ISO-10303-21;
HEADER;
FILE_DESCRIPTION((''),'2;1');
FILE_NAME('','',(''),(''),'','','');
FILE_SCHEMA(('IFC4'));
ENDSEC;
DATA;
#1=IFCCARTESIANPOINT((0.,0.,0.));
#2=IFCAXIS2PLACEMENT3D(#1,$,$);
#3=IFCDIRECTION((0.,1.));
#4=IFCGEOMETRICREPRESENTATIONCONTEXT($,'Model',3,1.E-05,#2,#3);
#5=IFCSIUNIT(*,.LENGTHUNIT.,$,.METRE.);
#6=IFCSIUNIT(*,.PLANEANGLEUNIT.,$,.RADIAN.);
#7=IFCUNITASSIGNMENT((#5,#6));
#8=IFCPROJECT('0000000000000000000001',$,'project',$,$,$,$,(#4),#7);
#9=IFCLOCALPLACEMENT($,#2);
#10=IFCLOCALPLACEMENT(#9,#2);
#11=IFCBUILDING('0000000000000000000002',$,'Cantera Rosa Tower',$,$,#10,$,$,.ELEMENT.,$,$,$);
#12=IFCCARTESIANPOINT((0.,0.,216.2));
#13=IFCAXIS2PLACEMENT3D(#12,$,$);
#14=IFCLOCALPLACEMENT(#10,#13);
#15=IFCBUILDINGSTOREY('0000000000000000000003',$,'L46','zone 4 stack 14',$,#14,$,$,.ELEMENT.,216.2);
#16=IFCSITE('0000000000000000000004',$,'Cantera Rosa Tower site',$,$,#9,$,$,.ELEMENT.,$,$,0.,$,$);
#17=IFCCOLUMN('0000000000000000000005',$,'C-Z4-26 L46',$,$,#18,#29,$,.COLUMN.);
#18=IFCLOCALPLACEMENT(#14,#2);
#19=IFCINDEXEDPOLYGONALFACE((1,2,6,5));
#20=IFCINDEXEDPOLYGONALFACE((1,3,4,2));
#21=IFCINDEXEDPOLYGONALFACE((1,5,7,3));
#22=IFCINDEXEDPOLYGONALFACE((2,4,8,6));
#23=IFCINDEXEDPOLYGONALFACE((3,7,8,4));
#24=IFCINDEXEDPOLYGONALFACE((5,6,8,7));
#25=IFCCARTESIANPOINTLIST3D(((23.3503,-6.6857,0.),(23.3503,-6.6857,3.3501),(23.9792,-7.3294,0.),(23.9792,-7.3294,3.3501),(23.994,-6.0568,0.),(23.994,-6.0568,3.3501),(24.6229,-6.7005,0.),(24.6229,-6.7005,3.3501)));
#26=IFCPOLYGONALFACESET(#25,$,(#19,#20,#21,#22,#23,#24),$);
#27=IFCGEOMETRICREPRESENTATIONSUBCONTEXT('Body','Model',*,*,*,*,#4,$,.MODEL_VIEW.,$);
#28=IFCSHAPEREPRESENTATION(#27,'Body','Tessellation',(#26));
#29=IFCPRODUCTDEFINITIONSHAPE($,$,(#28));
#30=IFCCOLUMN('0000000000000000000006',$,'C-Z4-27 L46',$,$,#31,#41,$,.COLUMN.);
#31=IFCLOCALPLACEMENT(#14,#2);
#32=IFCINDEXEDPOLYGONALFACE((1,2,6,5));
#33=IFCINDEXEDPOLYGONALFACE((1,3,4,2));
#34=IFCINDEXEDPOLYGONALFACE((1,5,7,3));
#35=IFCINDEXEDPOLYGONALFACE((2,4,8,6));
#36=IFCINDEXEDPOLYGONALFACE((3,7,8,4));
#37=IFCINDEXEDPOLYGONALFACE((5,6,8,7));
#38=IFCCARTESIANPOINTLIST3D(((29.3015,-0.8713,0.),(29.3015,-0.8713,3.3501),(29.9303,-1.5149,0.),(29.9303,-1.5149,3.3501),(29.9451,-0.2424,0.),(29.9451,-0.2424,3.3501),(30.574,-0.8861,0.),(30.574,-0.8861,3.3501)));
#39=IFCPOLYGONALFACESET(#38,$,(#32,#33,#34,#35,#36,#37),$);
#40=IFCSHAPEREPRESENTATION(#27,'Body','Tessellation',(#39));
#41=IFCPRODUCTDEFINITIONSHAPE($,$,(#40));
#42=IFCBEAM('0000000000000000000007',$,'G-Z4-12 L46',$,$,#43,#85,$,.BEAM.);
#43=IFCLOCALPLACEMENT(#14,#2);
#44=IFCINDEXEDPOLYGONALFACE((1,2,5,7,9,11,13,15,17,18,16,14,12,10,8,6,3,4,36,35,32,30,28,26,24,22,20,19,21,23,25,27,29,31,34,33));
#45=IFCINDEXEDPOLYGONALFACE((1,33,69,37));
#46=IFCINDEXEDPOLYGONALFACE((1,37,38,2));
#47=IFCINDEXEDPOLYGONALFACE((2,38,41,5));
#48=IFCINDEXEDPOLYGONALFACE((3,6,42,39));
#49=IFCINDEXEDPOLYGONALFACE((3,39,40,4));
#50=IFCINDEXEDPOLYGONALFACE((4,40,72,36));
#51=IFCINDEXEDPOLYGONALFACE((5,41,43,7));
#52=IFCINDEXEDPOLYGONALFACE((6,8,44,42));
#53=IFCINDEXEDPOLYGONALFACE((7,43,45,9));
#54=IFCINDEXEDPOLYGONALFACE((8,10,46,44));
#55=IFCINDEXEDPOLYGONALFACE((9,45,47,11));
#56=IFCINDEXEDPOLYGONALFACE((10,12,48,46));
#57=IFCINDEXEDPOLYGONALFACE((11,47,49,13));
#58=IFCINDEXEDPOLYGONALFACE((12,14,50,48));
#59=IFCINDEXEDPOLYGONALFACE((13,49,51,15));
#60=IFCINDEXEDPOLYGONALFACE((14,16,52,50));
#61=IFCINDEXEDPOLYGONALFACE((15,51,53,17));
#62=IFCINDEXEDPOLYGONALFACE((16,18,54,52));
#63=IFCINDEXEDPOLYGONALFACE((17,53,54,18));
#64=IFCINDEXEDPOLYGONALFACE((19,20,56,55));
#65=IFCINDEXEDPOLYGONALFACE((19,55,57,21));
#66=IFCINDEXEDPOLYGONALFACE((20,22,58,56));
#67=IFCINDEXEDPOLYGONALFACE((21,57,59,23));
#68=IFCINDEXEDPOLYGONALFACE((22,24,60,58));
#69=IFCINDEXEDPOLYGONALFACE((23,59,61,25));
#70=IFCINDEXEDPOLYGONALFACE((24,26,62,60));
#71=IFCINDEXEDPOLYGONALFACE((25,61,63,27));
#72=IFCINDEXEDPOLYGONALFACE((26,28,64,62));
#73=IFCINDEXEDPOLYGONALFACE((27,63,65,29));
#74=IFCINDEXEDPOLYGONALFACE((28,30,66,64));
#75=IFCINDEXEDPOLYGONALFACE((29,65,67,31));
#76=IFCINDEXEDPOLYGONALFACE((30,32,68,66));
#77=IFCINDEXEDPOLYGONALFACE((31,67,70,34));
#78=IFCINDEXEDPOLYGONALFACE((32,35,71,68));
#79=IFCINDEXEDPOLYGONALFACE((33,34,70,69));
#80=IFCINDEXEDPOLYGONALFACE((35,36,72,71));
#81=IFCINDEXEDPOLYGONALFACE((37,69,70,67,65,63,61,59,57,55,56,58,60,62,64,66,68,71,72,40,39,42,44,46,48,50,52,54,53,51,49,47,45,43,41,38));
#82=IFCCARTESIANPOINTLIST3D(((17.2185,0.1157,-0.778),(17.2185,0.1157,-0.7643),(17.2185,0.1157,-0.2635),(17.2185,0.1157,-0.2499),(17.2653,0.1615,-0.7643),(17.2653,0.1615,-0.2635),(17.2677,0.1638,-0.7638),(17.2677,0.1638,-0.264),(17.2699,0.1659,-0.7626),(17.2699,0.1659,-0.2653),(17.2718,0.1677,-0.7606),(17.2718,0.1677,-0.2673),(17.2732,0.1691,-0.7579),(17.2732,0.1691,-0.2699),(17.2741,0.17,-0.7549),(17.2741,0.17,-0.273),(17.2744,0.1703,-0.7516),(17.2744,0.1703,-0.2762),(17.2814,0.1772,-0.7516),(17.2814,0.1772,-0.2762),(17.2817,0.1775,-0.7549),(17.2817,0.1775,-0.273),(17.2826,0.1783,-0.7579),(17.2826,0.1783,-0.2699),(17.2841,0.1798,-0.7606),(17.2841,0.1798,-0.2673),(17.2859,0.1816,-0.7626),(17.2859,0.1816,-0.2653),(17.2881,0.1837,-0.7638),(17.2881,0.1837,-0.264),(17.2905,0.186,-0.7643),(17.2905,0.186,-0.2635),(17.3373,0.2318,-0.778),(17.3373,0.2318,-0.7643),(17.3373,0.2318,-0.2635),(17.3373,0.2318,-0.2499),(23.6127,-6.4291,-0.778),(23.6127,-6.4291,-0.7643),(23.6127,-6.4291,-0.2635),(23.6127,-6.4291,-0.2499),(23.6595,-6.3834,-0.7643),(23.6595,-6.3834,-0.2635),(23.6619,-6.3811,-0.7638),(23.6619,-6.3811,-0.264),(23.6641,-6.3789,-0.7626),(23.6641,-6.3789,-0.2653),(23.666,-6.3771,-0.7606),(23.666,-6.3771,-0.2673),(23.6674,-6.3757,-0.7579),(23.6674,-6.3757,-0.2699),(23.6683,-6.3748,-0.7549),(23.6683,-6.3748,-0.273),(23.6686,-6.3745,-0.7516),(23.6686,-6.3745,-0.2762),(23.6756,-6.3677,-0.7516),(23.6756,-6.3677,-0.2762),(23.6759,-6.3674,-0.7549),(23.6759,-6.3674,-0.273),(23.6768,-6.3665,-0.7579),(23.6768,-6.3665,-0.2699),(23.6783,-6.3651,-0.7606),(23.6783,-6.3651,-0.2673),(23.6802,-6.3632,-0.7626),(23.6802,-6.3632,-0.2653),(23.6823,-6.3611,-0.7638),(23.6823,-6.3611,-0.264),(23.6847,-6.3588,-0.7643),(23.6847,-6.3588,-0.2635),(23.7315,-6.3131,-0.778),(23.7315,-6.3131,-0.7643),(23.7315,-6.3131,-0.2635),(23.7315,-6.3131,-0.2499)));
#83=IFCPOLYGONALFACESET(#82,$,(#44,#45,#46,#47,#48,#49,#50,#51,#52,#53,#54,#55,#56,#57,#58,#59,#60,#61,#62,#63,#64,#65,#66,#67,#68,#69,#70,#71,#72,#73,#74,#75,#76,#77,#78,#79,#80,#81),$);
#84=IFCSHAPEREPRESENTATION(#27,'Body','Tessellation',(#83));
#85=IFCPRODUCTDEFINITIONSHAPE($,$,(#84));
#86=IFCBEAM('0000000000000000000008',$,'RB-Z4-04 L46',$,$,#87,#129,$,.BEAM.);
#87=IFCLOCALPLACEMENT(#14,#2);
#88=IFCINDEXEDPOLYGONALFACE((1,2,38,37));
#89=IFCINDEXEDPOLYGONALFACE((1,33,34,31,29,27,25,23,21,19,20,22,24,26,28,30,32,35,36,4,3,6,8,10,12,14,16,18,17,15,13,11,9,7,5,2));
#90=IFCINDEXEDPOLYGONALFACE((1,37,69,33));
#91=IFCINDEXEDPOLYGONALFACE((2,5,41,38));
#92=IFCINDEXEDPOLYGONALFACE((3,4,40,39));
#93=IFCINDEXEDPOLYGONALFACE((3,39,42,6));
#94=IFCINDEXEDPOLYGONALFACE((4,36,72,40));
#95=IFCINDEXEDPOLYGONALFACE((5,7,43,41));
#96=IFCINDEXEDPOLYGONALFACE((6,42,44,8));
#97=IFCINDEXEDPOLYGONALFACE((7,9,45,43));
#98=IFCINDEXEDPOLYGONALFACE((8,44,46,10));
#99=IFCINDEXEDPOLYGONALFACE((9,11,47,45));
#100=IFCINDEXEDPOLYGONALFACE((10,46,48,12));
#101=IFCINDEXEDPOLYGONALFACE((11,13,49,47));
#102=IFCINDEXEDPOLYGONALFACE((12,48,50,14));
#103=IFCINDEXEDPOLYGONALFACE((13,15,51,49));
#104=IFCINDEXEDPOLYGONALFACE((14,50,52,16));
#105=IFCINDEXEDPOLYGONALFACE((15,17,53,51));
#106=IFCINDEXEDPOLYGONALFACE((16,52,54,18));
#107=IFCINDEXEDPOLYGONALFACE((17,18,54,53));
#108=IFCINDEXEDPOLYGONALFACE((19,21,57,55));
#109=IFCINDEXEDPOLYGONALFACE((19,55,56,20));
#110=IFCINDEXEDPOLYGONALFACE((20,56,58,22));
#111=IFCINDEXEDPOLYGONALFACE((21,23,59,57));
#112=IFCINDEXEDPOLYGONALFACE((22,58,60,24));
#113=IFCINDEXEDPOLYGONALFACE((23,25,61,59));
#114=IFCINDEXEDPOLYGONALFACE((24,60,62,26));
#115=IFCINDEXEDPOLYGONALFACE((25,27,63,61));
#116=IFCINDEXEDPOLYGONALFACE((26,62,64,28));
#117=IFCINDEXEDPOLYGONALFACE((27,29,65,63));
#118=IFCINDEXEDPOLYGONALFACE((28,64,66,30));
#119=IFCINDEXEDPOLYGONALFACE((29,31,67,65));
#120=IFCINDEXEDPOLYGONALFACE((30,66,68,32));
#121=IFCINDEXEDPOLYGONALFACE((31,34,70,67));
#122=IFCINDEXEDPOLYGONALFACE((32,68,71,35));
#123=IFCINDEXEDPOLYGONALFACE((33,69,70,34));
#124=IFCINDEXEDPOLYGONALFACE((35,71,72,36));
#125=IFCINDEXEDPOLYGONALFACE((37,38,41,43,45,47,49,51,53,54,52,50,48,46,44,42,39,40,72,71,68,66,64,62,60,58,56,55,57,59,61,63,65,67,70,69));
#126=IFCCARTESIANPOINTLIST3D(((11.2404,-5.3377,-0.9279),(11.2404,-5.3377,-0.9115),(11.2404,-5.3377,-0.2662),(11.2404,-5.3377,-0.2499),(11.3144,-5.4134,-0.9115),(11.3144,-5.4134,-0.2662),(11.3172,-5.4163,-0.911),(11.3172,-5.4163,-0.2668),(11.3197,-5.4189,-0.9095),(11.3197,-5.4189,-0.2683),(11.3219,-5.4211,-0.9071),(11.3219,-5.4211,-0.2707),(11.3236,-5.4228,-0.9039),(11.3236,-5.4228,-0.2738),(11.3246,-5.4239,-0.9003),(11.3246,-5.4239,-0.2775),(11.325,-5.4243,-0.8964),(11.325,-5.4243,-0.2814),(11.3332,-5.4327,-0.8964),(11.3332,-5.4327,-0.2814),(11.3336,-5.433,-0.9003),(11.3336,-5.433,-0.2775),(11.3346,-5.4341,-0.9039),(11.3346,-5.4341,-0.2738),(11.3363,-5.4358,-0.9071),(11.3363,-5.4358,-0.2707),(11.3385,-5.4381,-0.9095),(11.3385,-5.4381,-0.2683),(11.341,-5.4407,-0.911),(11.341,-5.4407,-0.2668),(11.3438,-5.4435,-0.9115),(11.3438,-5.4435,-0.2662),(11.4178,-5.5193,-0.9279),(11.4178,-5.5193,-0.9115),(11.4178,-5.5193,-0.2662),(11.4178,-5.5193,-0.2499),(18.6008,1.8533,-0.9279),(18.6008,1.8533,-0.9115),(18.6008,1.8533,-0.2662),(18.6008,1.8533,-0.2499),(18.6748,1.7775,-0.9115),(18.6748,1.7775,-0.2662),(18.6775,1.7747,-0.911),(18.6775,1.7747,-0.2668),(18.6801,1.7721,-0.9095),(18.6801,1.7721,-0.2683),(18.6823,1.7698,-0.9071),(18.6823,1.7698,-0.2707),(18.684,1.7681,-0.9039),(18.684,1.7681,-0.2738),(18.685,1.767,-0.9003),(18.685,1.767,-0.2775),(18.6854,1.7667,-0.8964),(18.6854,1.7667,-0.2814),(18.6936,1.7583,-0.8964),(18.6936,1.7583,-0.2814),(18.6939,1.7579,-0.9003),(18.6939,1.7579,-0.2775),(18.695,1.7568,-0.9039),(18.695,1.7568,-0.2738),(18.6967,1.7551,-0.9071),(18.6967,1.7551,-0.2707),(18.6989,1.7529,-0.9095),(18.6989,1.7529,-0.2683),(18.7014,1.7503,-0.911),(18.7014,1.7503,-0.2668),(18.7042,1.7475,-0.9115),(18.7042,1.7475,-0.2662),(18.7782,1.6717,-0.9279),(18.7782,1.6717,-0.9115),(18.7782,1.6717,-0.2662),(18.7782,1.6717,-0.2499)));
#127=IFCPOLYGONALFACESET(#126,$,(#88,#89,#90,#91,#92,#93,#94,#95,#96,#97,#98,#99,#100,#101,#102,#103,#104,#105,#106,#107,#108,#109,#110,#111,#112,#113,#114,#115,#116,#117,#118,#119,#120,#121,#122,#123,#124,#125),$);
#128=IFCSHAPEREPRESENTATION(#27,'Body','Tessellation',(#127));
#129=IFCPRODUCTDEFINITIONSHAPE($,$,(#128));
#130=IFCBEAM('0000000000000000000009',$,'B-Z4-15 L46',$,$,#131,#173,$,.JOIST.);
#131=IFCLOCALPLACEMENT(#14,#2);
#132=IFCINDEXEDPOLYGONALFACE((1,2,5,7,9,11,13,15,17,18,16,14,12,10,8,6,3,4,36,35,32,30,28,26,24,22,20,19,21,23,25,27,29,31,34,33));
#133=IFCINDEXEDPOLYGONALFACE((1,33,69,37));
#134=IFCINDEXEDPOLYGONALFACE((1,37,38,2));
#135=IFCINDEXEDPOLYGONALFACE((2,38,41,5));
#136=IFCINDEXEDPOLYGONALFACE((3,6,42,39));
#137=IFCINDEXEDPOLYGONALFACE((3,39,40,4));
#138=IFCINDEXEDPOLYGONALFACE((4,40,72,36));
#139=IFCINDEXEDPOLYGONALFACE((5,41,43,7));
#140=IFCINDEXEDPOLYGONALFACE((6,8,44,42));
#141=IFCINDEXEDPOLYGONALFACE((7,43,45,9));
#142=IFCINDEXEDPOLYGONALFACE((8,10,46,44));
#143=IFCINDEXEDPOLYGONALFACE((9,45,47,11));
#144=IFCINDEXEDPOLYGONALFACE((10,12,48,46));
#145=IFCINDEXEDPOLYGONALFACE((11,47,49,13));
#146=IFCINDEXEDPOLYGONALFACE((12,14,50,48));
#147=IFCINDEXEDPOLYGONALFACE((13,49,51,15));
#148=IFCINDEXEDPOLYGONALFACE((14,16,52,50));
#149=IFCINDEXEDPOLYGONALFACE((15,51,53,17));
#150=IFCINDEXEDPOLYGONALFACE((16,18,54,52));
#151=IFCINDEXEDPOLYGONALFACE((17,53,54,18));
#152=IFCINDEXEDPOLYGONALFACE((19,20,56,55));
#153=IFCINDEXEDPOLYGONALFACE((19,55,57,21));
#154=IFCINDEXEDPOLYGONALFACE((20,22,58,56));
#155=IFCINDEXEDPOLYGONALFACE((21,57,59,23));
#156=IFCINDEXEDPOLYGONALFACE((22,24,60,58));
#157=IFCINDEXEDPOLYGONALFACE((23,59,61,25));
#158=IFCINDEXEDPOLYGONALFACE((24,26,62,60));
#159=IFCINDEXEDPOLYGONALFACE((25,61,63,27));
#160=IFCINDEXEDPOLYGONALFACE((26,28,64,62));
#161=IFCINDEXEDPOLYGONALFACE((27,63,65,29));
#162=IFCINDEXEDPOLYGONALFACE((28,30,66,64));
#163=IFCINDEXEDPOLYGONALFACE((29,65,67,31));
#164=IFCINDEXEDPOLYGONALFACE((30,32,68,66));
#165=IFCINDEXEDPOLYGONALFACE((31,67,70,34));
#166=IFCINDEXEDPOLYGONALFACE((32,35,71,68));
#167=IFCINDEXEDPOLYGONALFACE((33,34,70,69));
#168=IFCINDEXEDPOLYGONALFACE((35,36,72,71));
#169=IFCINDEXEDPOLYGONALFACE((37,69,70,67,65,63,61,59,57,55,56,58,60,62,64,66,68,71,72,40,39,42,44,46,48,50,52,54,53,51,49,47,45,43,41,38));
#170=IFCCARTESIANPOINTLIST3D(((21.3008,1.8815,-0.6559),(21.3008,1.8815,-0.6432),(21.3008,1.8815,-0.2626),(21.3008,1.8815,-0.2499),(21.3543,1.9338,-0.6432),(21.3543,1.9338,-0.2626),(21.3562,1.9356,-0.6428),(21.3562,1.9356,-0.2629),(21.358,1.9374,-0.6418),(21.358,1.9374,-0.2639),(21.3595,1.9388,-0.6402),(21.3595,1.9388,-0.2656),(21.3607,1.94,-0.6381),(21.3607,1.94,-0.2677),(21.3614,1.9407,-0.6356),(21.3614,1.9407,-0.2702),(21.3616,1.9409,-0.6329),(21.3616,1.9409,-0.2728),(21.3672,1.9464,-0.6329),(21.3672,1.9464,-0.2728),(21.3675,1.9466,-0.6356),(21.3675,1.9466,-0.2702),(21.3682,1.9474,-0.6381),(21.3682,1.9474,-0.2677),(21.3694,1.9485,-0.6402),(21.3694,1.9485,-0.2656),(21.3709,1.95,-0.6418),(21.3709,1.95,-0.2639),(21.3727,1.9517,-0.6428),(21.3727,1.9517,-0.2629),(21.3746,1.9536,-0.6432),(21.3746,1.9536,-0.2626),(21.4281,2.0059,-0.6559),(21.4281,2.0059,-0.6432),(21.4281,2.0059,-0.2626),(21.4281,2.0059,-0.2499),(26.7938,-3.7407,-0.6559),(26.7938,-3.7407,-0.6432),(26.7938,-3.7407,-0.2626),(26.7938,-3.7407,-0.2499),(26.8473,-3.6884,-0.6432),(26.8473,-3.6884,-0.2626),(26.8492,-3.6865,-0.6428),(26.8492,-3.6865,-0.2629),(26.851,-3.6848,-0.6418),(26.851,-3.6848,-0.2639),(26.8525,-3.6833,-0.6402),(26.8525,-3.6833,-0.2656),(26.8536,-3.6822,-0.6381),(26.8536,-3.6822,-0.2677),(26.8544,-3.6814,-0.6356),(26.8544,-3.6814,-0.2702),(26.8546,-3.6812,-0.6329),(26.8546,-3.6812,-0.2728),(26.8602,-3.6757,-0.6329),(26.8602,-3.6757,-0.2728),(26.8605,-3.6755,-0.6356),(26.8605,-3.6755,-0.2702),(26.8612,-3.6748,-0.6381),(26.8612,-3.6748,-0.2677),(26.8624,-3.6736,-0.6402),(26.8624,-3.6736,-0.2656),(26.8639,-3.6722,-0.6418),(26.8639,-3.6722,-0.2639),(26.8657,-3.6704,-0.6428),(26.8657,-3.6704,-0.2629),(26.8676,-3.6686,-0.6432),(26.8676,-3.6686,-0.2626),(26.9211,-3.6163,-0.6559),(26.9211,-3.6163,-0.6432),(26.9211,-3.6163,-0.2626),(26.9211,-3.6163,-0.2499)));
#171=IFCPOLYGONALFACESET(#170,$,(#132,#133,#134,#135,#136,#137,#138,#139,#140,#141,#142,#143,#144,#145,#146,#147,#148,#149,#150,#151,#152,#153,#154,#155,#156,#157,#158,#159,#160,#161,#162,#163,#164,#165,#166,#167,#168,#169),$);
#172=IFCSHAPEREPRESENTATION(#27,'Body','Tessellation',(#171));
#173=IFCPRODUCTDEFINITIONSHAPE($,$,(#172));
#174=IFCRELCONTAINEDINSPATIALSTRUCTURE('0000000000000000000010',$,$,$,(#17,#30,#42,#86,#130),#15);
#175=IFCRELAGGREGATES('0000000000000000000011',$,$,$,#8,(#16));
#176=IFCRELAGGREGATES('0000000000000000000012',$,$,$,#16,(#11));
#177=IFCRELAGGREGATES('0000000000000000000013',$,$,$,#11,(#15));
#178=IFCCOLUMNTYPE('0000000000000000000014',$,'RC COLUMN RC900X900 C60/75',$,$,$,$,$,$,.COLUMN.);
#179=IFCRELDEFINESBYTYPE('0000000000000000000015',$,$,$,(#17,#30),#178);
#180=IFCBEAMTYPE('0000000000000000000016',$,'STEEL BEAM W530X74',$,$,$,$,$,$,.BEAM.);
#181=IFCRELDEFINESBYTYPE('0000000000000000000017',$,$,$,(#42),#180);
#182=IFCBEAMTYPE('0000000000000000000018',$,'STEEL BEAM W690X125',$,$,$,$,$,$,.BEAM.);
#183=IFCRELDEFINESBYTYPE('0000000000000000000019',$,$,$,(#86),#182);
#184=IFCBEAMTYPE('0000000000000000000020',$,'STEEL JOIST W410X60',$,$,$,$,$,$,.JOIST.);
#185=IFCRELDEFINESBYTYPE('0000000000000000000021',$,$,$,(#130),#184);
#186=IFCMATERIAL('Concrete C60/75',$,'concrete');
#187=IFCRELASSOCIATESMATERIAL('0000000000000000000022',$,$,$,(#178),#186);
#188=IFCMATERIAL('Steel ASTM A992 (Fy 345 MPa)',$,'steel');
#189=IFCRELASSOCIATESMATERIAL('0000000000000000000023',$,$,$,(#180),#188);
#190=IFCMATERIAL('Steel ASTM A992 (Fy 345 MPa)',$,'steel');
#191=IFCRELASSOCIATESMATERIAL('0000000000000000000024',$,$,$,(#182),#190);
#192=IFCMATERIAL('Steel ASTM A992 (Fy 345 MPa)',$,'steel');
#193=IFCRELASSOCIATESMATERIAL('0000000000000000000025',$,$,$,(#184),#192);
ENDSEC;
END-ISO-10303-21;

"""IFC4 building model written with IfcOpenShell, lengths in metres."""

from ifc_helpers import new_model, si_unit, direction, frame, origin, origin_2d, place, context, subcontext, project, spatial, rectangle, i_section, extrude, material, material_profile, profile_set, type_object, element, save


model = new_model("IFC4")

# Units and contexts
model_context = context("Model", 3, precision=1e-05, world=origin(), true_north=direction((0.0, 1.0)))
body_context = subcontext(model_context, "Body", "Model", "MODEL_VIEW")
ifc_project = project(units=[si_unit("LENGTHUNIT", "METRE"), si_unit("PLANEANGLEUNIT", "RADIAN")], contexts=[model_context])

# Site, building, storey
site_placement = place(None, origin())
site = spatial("IfcSite", under=ifc_project, at=site_placement, Name="Cantera Rosa Tower site", CompositionType="ELEMENT", RefElevation=0.0)
building_placement = place(site_placement, origin())
building = spatial("IfcBuilding", under=site, at=building_placement, Name="Cantera Rosa Tower", CompositionType="ELEMENT")
storey_placement = place(building_placement, frame((0.0, 0.0, 216.2)))
storey = spatial("IfcBuildingStorey", under=building, at=storey_placement, Name="L46", Description="zone 4 stack 14", CompositionType="ELEMENT", Elevation=216.2)

# Columns
ifc_material_1 = material(Name="Concrete C60/75", Category="concrete")
ifc_material_profile_1 = material_profile(ifc_material_1, rectangle(XDim=0.8999, YDim=0.8999, at=origin_2d()), Name="RC COLUMN RC900X900 C60/75")
ifc_profile_set_1 = profile_set([ifc_material_profile_1], Name="Concrete C60/75")
column_type = type_object("IfcColumnType", Name="RC COLUMN RC900X900 C60/75", PredefinedType="COLUMN", material=ifc_profile_set_1)
for number, where, z_axis, x_axis, name in (
    (1, (23.9866, -6.6931, 0.0), (0.0, 0.0, 1.0), (0.715286, 0.698832, 0.0), "C-Z4-26 L46"),
    (2, (29.9377, -0.8787, 0.0), (0.0, 0.0, 1.0), (0.715286, 0.698832, 0.0), "C-Z4-27 L46"),
):
    element("IfcColumn", number, at=place(storey_placement, frame(where, z_axis=z_axis, x_axis=x_axis)), inside=storey, type_object=column_type, Name=name, PredefinedType="COLUMN", context=body_context, shape_type="SweptSolid", body=[
        extrude(rectangle(XDim=0.8999, YDim=0.8999, at=origin_2d()), origin(), (0.0, 0.0, 1.0), 3.3501),
    ])

# Beams
ifc_material_2 = material(Name="Steel ASTM A992 (Fy 345 MPa)", Category="steel")
ifc_material_profile_2 = material_profile(ifc_material_2, i_section(OverallWidth=0.166, OverallDepth=0.5281, WebThickness=0.0098, FlangeThickness=0.0137, FilletRadius=0.0127, at=origin_2d()), Name="W530X74")
ifc_profile_set_2 = profile_set([ifc_material_profile_2], Name="Steel ASTM A992 (Fy 345 MPa)")
beam_type_1 = type_object("IfcBeamType", Name="STEEL BEAM W530X74", PredefinedType="BEAM", material=ifc_profile_set_2)
beam_1_placement = place(storey_placement, frame((23.6721, -6.3711, -0.5139), z_axis=(-0.698827, 0.71529, 0.0), x_axis=(-0.71529, -0.698827, 0.0)))
element("IfcBeam", 3, at=beam_1_placement, inside=storey, type_object=beam_type_1, Name="G-Z4-12 L46", PredefinedType="BEAM", context=body_context, shape_type="SweptSolid", body=[
    extrude(i_section(OverallWidth=0.166, OverallDepth=0.5281, WebThickness=0.0098, FlangeThickness=0.0137, FilletRadius=0.0127, at=origin_2d()), origin(), (0.0, 0.0, 1.0), 9.1499),
])
ifc_material_3 = material(Name="Steel ASTM A992 (Fy 345 MPa)", Category="steel")
ifc_material_profile_3 = material_profile(ifc_material_3, i_section(OverallWidth=0.2539, OverallDepth=0.678, WebThickness=0.0117, FlangeThickness=0.0164, FilletRadius=0.0151, at=origin_2d()), Name="W690X125")
ifc_profile_set_3 = profile_set([ifc_material_profile_3], Name="Steel ASTM A992 (Fy 345 MPa)")
beam_type_2 = type_object("IfcBeamType", Name="STEEL BEAM W690X125", PredefinedType="BEAM", material=ifc_profile_set_3)
beam_2_placement = place(storey_placement, frame((11.3291, -5.4285, -0.5889), z_axis=(0.715292, 0.698826, 0.0), x_axis=(-0.698826, 0.715292, 0.0)))
element("IfcBeam", 4, at=beam_2_placement, inside=storey, type_object=beam_type_2, Name="RB-Z4-04 L46", PredefinedType="BEAM", context=body_context, shape_type="SweptSolid", body=[
    extrude(i_section(OverallWidth=0.2539, OverallDepth=0.678, WebThickness=0.0117, FlangeThickness=0.0164, FilletRadius=0.0151, at=origin_2d()), origin(), (0.0, 0.0, 1.0), 10.29),
])
ifc_material_4 = material(Name="Steel ASTM A992 (Fy 345 MPa)", Category="steel")
ifc_material_profile_4 = material_profile(ifc_material_4, i_section(OverallWidth=0.178, OverallDepth=0.406, WebThickness=0.0078, FlangeThickness=0.0127, FilletRadius=0.0103, at=origin_2d()), Name="W410X60")
ifc_profile_set_4 = profile_set([ifc_material_profile_4], Name="Steel ASTM A992 (Fy 345 MPa)")
beam_type_3 = type_object("IfcBeamType", Name="STEEL JOIST W410X60", PredefinedType="JOIST", material=ifc_profile_set_4)
beam_3_placement = place(storey_placement, frame((26.8574, -3.6785, -0.4529), z_axis=(-0.698843, 0.715275, 0.0), x_axis=(-0.715275, -0.698843, 0.0)))
element("IfcBeam", 5, at=beam_3_placement, inside=storey, type_object=beam_type_3, Name="B-Z4-15 L46", PredefinedType="JOIST", context=body_context, shape_type="SweptSolid", body=[
    extrude(i_section(OverallWidth=0.178, OverallDepth=0.406, WebThickness=0.0078, FlangeThickness=0.0127, FilletRadius=0.0103, at=origin_2d()), origin(), (0.0, 0.0, 1.0), 7.8601),
])

save(model, "model.ifc")
